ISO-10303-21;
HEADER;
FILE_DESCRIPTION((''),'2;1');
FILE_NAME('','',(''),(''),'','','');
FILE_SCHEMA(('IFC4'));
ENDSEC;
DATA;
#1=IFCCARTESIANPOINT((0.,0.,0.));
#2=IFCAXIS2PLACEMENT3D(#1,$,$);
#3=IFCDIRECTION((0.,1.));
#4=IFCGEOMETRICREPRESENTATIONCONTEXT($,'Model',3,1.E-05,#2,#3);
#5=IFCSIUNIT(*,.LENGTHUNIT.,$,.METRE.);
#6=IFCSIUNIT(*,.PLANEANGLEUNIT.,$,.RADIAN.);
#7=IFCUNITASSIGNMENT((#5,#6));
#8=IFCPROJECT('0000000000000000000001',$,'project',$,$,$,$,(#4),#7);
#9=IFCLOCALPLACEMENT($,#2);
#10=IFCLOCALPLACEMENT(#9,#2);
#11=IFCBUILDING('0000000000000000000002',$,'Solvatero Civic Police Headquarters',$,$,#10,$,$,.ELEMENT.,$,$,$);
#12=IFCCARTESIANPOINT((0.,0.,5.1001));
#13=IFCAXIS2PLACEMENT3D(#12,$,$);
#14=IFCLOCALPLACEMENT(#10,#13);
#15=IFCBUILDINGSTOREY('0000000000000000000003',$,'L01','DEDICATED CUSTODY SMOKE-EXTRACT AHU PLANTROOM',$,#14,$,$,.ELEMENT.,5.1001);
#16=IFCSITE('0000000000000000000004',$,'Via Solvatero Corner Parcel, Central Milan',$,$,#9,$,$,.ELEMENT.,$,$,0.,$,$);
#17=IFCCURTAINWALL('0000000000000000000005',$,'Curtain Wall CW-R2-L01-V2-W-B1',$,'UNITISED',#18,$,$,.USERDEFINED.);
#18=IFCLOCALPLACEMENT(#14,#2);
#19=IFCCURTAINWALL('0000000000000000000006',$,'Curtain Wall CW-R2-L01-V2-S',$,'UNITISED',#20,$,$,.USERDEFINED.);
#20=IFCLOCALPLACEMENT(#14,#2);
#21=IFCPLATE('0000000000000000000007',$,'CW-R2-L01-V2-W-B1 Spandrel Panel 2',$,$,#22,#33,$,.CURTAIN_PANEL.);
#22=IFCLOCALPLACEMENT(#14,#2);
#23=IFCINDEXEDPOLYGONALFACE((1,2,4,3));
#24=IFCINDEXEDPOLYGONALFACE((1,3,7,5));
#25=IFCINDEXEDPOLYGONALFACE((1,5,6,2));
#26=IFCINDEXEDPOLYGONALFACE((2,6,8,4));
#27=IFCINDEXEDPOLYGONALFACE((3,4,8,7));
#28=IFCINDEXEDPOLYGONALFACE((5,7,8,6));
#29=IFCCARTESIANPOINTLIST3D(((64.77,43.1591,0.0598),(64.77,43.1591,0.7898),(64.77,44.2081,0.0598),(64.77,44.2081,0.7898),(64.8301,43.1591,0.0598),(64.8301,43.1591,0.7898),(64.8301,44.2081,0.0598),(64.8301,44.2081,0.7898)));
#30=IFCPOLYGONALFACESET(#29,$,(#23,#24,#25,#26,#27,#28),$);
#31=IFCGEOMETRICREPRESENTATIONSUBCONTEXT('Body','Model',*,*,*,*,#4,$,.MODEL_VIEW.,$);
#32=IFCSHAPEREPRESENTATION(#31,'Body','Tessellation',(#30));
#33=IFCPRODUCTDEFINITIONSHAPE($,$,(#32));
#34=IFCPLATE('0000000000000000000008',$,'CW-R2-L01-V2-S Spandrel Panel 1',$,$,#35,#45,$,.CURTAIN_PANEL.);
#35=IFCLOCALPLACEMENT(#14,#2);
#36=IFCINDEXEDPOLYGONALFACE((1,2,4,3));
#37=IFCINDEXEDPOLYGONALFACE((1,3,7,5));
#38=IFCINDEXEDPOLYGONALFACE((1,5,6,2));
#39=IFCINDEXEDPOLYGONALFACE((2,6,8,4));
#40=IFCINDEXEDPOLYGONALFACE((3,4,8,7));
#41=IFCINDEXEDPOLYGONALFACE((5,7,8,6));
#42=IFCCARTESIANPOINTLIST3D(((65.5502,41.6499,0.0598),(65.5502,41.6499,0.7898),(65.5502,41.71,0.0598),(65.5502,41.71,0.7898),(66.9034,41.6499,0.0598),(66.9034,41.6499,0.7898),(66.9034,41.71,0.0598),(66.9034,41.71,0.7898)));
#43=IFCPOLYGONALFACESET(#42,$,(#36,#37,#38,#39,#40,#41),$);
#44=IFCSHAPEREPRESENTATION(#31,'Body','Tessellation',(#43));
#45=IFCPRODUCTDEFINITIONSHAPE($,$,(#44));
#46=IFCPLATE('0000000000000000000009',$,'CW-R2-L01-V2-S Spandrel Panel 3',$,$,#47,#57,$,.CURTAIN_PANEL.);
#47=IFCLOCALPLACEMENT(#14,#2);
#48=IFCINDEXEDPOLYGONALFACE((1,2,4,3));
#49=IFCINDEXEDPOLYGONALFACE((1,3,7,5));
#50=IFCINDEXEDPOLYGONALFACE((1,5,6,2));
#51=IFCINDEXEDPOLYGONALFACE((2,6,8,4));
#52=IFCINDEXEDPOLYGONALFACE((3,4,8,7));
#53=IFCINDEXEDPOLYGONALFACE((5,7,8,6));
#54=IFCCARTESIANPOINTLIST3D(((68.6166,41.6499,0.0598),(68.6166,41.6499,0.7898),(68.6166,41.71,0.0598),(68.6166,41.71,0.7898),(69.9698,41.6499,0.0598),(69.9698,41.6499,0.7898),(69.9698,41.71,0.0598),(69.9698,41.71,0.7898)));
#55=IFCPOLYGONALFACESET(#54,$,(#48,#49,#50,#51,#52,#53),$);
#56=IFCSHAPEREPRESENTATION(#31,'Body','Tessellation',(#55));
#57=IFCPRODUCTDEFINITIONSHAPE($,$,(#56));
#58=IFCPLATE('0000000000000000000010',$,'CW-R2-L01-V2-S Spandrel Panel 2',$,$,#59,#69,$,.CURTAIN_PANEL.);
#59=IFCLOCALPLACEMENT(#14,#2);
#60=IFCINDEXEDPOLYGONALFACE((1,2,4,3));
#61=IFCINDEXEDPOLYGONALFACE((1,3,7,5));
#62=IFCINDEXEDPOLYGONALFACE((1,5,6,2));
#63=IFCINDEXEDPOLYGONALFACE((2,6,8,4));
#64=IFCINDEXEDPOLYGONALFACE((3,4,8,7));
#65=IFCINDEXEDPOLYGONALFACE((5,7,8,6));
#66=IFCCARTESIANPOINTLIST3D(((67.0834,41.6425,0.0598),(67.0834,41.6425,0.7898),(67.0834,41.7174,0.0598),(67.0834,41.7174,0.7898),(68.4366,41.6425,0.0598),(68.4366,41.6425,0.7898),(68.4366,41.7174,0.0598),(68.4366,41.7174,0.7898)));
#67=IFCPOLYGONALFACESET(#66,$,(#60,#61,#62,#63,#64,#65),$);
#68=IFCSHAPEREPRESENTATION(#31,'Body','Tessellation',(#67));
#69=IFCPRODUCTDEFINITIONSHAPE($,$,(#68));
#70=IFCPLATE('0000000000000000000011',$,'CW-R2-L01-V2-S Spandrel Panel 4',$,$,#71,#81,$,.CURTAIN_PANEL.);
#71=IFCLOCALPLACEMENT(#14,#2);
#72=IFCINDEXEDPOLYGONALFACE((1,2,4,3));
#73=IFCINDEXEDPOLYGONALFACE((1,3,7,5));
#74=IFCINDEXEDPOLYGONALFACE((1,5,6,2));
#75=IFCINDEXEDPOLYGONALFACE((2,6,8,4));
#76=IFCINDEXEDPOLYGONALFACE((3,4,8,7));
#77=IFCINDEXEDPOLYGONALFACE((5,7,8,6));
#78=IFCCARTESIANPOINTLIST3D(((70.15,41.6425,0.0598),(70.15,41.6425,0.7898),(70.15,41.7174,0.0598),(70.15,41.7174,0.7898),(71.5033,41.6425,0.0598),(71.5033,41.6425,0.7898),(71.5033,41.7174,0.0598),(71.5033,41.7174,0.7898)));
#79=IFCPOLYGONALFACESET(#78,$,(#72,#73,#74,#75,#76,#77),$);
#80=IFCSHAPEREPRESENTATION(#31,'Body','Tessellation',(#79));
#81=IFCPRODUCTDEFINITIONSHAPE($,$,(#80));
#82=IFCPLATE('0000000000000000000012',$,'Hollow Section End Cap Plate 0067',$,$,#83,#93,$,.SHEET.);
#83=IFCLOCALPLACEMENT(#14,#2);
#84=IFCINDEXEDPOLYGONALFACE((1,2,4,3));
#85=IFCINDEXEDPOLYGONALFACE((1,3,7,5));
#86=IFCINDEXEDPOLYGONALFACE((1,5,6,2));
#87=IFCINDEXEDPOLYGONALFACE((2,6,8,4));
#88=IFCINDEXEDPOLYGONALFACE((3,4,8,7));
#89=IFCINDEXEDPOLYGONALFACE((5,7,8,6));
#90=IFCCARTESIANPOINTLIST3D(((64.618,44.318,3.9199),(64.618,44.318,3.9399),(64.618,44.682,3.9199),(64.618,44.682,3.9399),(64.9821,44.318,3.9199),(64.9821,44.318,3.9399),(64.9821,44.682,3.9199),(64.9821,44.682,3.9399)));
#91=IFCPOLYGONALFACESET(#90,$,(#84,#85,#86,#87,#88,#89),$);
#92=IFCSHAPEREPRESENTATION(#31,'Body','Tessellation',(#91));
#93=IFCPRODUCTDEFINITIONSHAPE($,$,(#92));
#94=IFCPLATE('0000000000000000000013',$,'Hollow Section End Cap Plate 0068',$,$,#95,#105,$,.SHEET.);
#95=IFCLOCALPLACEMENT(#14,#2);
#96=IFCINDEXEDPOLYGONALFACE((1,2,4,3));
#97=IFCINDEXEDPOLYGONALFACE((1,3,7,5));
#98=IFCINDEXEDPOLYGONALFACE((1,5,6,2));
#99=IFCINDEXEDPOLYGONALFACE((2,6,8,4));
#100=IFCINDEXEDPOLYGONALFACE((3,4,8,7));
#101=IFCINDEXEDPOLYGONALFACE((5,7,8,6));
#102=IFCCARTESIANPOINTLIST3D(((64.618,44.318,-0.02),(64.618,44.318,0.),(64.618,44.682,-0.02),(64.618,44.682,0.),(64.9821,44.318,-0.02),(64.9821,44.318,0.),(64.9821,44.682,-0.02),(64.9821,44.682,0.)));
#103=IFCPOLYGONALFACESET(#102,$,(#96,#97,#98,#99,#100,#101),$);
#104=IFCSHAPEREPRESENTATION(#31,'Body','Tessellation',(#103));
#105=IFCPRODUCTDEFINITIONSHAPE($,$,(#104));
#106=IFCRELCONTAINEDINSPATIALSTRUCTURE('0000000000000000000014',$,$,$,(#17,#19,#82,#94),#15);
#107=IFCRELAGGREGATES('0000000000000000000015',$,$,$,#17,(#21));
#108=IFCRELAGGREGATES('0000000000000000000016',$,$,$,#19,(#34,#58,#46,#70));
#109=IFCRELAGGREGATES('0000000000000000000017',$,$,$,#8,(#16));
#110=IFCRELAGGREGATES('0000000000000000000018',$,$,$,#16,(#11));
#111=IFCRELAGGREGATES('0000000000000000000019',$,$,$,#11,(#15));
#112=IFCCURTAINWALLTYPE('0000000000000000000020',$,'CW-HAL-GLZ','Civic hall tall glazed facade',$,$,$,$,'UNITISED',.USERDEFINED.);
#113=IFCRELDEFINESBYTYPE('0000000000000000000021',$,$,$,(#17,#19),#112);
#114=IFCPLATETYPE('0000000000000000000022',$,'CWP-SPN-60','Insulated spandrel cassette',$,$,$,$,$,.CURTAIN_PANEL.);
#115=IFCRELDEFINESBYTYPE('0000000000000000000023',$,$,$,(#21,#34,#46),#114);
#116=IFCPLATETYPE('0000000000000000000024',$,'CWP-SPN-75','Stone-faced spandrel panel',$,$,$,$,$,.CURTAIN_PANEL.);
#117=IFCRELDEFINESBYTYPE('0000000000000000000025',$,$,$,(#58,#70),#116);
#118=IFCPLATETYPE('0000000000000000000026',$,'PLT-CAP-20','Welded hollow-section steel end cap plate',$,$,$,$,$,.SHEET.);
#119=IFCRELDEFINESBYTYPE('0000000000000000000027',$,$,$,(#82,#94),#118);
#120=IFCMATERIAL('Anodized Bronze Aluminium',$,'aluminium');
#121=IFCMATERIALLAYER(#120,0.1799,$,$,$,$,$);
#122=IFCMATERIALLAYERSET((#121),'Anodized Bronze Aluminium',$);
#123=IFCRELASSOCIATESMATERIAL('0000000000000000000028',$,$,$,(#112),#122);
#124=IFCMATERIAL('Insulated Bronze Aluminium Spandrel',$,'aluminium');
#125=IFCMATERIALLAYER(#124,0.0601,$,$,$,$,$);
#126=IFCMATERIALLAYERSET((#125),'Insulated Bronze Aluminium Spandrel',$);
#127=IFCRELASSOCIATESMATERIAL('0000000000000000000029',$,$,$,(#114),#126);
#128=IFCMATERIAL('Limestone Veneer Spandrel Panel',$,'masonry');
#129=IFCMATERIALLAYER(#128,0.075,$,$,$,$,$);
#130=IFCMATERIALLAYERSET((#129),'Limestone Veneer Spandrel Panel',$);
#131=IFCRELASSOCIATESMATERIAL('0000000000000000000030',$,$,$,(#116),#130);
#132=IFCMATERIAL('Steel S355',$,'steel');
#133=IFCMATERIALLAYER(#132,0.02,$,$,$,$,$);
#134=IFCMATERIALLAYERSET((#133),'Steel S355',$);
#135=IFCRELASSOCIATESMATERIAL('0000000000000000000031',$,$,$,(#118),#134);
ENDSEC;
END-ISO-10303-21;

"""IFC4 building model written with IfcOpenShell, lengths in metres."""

from ifc_helpers import new_model, si_unit, direction, frame, origin, origin_2d, place, context, subcontext, project, spatial, rectangle, extrude, material, layer, layer_set, type_object, element, aggregate, save


model = new_model("IFC4")

# Units and contexts
model_context = context("Model", 3, precision=1e-05, world=origin(), true_north=direction((0.0, 1.0)))
body_context = subcontext(model_context, "Body", "Model", "MODEL_VIEW")
ifc_project = project(units=[si_unit("LENGTHUNIT", "METRE"), si_unit("PLANEANGLEUNIT", "RADIAN")], contexts=[model_context])

# Site, building, storey
site_placement = place(None, origin())
site = spatial("IfcSite", under=ifc_project, at=site_placement, Name="Via Solvatero Corner Parcel, Central Milan", CompositionType="ELEMENT", RefElevation=0.0)
building_placement = place(site_placement, origin())
building = spatial("IfcBuilding", under=site, at=building_placement, Name="Solvatero Civic Police Headquarters", CompositionType="ELEMENT")
storey_placement = place(building_placement, frame((0.0, 0.0, 5.1001)))
storey = spatial("IfcBuildingStorey", under=building, at=storey_placement, Name="L01", Description="DEDICATED CUSTODY SMOKE-EXTRACT AHU PLANTROOM", CompositionType="ELEMENT", Elevation=5.1001)

# Shared definitions
ifc_material_1 = material(Name="Steel S355", Category="steel")

# Curtain wall
ifc_material_2 = material(Name="Anodized Bronze Aluminium", Category="aluminium")
ifc_layer_1 = layer(ifc_material_2, 0.1799)
ifc_layer_set_1 = layer_set([ifc_layer_1], Name="Anodized Bronze Aluminium")
curtain_wall_type = type_object("IfcCurtainWallType", Name="CW-HAL-GLZ", Description="Civic hall tall glazed facade", ElementType="UNITISED", PredefinedType="USERDEFINED", material=ifc_layer_set_1)
curtain_wall_1_placement = place(storey_placement, origin())
curtain_wall_1 = element("IfcCurtainWall", 1, at=curtain_wall_1_placement, inside=storey, type_object=curtain_wall_type, Name="Curtain Wall CW-R2-L01-V2-W-B1", ObjectType="UNITISED", PredefinedType="USERDEFINED")

# Curtain wall
curtain_wall_2_placement = place(storey_placement, origin())
curtain_wall_2 = element("IfcCurtainWall", 2, at=curtain_wall_2_placement, inside=storey, type_object=curtain_wall_type, Name="Curtain Wall CW-R2-L01-V2-S", ObjectType="UNITISED", PredefinedType="USERDEFINED")

# Plates
ifc_material_3 = material(Name="Insulated Bronze Aluminium Spandrel", Category="aluminium")
ifc_layer_2 = layer(ifc_material_3, 0.0601)
ifc_layer_set_2 = layer_set([ifc_layer_2], Name="Insulated Bronze Aluminium Spandrel")
plate_type_1 = type_object("IfcPlateType", Name="CWP-SPN-60", Description="Insulated spandrel cassette", PredefinedType="CURTAIN_PANEL", material=ifc_layer_set_2)
plate_1_placement = place(storey_placement, frame((64.8, 43.6836, 0.0598), z_axis=(0.0, 0.0, 1.0), x_axis=(0.0, 1.0, 0.0)))
plate_1 = element("IfcPlate", 3, at=plate_1_placement, type_object=plate_type_1, Name="CW-R2-L01-V2-W-B1 Spandrel Panel 2", PredefinedType="CURTAIN_PANEL", context=body_context, shape_type="SweptSolid", body=[
    extrude(rectangle(XDim=1.0491, YDim=0.0601, at=origin_2d()), origin(), (0.0, 0.0, 1.0), 0.73),
])
aggregate(curtain_wall_1, [plate_1])
plate_2_placement = place(storey_placement, frame((66.2268, 41.6799, 0.0598), z_axis=(0.0, 0.0, 1.0), x_axis=(1.0, 0.0, 0.0)))
plate_2 = element("IfcPlate", 4, at=plate_2_placement, type_object=plate_type_1, Name="CW-R2-L01-V2-S Spandrel Panel 1", PredefinedType="CURTAIN_PANEL", context=body_context, shape_type="SweptSolid", body=[
    extrude(rectangle(XDim=1.3533, YDim=0.0601, at=origin_2d()), origin(), (0.0, 0.0, 1.0), 0.73),
])
plate_3_placement = place(storey_placement, frame((69.2932, 41.6799, 0.0598), z_axis=(0.0, 0.0, 1.0), x_axis=(1.0, 0.0, 0.0)))
plate_3 = element("IfcPlate", 5, at=plate_3_placement, type_object=plate_type_1, Name="CW-R2-L01-V2-S Spandrel Panel 3", PredefinedType="CURTAIN_PANEL", context=body_context, shape_type="SweptSolid", body=[
    extrude(rectangle(XDim=1.3533, YDim=0.0601, at=origin_2d()), origin(), (0.0, 0.0, 1.0), 0.73),
])
ifc_material_4 = material(Name="Limestone Veneer Spandrel Panel", Category="masonry")
ifc_layer_3 = layer(ifc_material_4, 0.075)
ifc_layer_set_3 = layer_set([ifc_layer_3], Name="Limestone Veneer Spandrel Panel")
plate_type_2 = type_object("IfcPlateType", Name="CWP-SPN-75", Description="Stone-faced spandrel panel", PredefinedType="CURTAIN_PANEL", material=ifc_layer_set_3)
plate_4_placement = place(storey_placement, frame((67.76, 41.6799, 0.0598), z_axis=(0.0, 0.0, 1.0), x_axis=(1.0, 0.0, 0.0)))
plate_4 = element("IfcPlate", 6, at=plate_4_placement, type_object=plate_type_2, Name="CW-R2-L01-V2-S Spandrel Panel 2", PredefinedType="CURTAIN_PANEL", context=body_context, shape_type="SweptSolid", body=[
    extrude(rectangle(XDim=1.3533, YDim=0.075, at=origin_2d()), origin(), (0.0, 0.0, 1.0), 0.73),
])
plate_5_placement = place(storey_placement, frame((70.8267, 41.6799, 0.0598), z_axis=(0.0, 0.0, 1.0), x_axis=(1.0, 0.0, 0.0)))
plate_5 = element("IfcPlate", 7, at=plate_5_placement, type_object=plate_type_2, Name="CW-R2-L01-V2-S Spandrel Panel 4", PredefinedType="CURTAIN_PANEL", context=body_context, shape_type="SweptSolid", body=[
    extrude(rectangle(XDim=1.3533, YDim=0.075, at=origin_2d()), origin(), (0.0, 0.0, 1.0), 0.73),
])
aggregate(curtain_wall_2, [plate_2, plate_4, plate_3, plate_5])

# Plates
ifc_layer_4 = layer(ifc_material_1, 0.02)
ifc_layer_set_4 = layer_set([ifc_layer_4], Name="Steel S355")
plate_type_3 = type_object("IfcPlateType", Name="PLT-CAP-20", Description="Welded hollow-section steel end cap plate", PredefinedType="SHEET", material=ifc_layer_set_4)
for number, where, z_axis, x_axis, name in (
    (8, (64.8, 44.5, 3.9199), (0.0, 0.0, 1.0), (1.0, 0.0, 0.0), "Hollow Section End Cap Plate 0067"),
    (9, (64.8, 44.5, -0.02), (0.0, 0.0, 1.0), (1.0, 0.0, 0.0), "Hollow Section End Cap Plate 0068"),
):
    element("IfcPlate", number, at=place(storey_placement, frame(where, z_axis=z_axis, x_axis=x_axis)), inside=storey, type_object=plate_type_3, Name=name, PredefinedType="SHEET", context=body_context, shape_type="SweptSolid", body=[
        extrude(rectangle(XDim=0.364, YDim=0.364, at=origin_2d()), origin(), (0.0, 0.0, 1.0), 0.02),
    ])

save(model, "model.ifc")
